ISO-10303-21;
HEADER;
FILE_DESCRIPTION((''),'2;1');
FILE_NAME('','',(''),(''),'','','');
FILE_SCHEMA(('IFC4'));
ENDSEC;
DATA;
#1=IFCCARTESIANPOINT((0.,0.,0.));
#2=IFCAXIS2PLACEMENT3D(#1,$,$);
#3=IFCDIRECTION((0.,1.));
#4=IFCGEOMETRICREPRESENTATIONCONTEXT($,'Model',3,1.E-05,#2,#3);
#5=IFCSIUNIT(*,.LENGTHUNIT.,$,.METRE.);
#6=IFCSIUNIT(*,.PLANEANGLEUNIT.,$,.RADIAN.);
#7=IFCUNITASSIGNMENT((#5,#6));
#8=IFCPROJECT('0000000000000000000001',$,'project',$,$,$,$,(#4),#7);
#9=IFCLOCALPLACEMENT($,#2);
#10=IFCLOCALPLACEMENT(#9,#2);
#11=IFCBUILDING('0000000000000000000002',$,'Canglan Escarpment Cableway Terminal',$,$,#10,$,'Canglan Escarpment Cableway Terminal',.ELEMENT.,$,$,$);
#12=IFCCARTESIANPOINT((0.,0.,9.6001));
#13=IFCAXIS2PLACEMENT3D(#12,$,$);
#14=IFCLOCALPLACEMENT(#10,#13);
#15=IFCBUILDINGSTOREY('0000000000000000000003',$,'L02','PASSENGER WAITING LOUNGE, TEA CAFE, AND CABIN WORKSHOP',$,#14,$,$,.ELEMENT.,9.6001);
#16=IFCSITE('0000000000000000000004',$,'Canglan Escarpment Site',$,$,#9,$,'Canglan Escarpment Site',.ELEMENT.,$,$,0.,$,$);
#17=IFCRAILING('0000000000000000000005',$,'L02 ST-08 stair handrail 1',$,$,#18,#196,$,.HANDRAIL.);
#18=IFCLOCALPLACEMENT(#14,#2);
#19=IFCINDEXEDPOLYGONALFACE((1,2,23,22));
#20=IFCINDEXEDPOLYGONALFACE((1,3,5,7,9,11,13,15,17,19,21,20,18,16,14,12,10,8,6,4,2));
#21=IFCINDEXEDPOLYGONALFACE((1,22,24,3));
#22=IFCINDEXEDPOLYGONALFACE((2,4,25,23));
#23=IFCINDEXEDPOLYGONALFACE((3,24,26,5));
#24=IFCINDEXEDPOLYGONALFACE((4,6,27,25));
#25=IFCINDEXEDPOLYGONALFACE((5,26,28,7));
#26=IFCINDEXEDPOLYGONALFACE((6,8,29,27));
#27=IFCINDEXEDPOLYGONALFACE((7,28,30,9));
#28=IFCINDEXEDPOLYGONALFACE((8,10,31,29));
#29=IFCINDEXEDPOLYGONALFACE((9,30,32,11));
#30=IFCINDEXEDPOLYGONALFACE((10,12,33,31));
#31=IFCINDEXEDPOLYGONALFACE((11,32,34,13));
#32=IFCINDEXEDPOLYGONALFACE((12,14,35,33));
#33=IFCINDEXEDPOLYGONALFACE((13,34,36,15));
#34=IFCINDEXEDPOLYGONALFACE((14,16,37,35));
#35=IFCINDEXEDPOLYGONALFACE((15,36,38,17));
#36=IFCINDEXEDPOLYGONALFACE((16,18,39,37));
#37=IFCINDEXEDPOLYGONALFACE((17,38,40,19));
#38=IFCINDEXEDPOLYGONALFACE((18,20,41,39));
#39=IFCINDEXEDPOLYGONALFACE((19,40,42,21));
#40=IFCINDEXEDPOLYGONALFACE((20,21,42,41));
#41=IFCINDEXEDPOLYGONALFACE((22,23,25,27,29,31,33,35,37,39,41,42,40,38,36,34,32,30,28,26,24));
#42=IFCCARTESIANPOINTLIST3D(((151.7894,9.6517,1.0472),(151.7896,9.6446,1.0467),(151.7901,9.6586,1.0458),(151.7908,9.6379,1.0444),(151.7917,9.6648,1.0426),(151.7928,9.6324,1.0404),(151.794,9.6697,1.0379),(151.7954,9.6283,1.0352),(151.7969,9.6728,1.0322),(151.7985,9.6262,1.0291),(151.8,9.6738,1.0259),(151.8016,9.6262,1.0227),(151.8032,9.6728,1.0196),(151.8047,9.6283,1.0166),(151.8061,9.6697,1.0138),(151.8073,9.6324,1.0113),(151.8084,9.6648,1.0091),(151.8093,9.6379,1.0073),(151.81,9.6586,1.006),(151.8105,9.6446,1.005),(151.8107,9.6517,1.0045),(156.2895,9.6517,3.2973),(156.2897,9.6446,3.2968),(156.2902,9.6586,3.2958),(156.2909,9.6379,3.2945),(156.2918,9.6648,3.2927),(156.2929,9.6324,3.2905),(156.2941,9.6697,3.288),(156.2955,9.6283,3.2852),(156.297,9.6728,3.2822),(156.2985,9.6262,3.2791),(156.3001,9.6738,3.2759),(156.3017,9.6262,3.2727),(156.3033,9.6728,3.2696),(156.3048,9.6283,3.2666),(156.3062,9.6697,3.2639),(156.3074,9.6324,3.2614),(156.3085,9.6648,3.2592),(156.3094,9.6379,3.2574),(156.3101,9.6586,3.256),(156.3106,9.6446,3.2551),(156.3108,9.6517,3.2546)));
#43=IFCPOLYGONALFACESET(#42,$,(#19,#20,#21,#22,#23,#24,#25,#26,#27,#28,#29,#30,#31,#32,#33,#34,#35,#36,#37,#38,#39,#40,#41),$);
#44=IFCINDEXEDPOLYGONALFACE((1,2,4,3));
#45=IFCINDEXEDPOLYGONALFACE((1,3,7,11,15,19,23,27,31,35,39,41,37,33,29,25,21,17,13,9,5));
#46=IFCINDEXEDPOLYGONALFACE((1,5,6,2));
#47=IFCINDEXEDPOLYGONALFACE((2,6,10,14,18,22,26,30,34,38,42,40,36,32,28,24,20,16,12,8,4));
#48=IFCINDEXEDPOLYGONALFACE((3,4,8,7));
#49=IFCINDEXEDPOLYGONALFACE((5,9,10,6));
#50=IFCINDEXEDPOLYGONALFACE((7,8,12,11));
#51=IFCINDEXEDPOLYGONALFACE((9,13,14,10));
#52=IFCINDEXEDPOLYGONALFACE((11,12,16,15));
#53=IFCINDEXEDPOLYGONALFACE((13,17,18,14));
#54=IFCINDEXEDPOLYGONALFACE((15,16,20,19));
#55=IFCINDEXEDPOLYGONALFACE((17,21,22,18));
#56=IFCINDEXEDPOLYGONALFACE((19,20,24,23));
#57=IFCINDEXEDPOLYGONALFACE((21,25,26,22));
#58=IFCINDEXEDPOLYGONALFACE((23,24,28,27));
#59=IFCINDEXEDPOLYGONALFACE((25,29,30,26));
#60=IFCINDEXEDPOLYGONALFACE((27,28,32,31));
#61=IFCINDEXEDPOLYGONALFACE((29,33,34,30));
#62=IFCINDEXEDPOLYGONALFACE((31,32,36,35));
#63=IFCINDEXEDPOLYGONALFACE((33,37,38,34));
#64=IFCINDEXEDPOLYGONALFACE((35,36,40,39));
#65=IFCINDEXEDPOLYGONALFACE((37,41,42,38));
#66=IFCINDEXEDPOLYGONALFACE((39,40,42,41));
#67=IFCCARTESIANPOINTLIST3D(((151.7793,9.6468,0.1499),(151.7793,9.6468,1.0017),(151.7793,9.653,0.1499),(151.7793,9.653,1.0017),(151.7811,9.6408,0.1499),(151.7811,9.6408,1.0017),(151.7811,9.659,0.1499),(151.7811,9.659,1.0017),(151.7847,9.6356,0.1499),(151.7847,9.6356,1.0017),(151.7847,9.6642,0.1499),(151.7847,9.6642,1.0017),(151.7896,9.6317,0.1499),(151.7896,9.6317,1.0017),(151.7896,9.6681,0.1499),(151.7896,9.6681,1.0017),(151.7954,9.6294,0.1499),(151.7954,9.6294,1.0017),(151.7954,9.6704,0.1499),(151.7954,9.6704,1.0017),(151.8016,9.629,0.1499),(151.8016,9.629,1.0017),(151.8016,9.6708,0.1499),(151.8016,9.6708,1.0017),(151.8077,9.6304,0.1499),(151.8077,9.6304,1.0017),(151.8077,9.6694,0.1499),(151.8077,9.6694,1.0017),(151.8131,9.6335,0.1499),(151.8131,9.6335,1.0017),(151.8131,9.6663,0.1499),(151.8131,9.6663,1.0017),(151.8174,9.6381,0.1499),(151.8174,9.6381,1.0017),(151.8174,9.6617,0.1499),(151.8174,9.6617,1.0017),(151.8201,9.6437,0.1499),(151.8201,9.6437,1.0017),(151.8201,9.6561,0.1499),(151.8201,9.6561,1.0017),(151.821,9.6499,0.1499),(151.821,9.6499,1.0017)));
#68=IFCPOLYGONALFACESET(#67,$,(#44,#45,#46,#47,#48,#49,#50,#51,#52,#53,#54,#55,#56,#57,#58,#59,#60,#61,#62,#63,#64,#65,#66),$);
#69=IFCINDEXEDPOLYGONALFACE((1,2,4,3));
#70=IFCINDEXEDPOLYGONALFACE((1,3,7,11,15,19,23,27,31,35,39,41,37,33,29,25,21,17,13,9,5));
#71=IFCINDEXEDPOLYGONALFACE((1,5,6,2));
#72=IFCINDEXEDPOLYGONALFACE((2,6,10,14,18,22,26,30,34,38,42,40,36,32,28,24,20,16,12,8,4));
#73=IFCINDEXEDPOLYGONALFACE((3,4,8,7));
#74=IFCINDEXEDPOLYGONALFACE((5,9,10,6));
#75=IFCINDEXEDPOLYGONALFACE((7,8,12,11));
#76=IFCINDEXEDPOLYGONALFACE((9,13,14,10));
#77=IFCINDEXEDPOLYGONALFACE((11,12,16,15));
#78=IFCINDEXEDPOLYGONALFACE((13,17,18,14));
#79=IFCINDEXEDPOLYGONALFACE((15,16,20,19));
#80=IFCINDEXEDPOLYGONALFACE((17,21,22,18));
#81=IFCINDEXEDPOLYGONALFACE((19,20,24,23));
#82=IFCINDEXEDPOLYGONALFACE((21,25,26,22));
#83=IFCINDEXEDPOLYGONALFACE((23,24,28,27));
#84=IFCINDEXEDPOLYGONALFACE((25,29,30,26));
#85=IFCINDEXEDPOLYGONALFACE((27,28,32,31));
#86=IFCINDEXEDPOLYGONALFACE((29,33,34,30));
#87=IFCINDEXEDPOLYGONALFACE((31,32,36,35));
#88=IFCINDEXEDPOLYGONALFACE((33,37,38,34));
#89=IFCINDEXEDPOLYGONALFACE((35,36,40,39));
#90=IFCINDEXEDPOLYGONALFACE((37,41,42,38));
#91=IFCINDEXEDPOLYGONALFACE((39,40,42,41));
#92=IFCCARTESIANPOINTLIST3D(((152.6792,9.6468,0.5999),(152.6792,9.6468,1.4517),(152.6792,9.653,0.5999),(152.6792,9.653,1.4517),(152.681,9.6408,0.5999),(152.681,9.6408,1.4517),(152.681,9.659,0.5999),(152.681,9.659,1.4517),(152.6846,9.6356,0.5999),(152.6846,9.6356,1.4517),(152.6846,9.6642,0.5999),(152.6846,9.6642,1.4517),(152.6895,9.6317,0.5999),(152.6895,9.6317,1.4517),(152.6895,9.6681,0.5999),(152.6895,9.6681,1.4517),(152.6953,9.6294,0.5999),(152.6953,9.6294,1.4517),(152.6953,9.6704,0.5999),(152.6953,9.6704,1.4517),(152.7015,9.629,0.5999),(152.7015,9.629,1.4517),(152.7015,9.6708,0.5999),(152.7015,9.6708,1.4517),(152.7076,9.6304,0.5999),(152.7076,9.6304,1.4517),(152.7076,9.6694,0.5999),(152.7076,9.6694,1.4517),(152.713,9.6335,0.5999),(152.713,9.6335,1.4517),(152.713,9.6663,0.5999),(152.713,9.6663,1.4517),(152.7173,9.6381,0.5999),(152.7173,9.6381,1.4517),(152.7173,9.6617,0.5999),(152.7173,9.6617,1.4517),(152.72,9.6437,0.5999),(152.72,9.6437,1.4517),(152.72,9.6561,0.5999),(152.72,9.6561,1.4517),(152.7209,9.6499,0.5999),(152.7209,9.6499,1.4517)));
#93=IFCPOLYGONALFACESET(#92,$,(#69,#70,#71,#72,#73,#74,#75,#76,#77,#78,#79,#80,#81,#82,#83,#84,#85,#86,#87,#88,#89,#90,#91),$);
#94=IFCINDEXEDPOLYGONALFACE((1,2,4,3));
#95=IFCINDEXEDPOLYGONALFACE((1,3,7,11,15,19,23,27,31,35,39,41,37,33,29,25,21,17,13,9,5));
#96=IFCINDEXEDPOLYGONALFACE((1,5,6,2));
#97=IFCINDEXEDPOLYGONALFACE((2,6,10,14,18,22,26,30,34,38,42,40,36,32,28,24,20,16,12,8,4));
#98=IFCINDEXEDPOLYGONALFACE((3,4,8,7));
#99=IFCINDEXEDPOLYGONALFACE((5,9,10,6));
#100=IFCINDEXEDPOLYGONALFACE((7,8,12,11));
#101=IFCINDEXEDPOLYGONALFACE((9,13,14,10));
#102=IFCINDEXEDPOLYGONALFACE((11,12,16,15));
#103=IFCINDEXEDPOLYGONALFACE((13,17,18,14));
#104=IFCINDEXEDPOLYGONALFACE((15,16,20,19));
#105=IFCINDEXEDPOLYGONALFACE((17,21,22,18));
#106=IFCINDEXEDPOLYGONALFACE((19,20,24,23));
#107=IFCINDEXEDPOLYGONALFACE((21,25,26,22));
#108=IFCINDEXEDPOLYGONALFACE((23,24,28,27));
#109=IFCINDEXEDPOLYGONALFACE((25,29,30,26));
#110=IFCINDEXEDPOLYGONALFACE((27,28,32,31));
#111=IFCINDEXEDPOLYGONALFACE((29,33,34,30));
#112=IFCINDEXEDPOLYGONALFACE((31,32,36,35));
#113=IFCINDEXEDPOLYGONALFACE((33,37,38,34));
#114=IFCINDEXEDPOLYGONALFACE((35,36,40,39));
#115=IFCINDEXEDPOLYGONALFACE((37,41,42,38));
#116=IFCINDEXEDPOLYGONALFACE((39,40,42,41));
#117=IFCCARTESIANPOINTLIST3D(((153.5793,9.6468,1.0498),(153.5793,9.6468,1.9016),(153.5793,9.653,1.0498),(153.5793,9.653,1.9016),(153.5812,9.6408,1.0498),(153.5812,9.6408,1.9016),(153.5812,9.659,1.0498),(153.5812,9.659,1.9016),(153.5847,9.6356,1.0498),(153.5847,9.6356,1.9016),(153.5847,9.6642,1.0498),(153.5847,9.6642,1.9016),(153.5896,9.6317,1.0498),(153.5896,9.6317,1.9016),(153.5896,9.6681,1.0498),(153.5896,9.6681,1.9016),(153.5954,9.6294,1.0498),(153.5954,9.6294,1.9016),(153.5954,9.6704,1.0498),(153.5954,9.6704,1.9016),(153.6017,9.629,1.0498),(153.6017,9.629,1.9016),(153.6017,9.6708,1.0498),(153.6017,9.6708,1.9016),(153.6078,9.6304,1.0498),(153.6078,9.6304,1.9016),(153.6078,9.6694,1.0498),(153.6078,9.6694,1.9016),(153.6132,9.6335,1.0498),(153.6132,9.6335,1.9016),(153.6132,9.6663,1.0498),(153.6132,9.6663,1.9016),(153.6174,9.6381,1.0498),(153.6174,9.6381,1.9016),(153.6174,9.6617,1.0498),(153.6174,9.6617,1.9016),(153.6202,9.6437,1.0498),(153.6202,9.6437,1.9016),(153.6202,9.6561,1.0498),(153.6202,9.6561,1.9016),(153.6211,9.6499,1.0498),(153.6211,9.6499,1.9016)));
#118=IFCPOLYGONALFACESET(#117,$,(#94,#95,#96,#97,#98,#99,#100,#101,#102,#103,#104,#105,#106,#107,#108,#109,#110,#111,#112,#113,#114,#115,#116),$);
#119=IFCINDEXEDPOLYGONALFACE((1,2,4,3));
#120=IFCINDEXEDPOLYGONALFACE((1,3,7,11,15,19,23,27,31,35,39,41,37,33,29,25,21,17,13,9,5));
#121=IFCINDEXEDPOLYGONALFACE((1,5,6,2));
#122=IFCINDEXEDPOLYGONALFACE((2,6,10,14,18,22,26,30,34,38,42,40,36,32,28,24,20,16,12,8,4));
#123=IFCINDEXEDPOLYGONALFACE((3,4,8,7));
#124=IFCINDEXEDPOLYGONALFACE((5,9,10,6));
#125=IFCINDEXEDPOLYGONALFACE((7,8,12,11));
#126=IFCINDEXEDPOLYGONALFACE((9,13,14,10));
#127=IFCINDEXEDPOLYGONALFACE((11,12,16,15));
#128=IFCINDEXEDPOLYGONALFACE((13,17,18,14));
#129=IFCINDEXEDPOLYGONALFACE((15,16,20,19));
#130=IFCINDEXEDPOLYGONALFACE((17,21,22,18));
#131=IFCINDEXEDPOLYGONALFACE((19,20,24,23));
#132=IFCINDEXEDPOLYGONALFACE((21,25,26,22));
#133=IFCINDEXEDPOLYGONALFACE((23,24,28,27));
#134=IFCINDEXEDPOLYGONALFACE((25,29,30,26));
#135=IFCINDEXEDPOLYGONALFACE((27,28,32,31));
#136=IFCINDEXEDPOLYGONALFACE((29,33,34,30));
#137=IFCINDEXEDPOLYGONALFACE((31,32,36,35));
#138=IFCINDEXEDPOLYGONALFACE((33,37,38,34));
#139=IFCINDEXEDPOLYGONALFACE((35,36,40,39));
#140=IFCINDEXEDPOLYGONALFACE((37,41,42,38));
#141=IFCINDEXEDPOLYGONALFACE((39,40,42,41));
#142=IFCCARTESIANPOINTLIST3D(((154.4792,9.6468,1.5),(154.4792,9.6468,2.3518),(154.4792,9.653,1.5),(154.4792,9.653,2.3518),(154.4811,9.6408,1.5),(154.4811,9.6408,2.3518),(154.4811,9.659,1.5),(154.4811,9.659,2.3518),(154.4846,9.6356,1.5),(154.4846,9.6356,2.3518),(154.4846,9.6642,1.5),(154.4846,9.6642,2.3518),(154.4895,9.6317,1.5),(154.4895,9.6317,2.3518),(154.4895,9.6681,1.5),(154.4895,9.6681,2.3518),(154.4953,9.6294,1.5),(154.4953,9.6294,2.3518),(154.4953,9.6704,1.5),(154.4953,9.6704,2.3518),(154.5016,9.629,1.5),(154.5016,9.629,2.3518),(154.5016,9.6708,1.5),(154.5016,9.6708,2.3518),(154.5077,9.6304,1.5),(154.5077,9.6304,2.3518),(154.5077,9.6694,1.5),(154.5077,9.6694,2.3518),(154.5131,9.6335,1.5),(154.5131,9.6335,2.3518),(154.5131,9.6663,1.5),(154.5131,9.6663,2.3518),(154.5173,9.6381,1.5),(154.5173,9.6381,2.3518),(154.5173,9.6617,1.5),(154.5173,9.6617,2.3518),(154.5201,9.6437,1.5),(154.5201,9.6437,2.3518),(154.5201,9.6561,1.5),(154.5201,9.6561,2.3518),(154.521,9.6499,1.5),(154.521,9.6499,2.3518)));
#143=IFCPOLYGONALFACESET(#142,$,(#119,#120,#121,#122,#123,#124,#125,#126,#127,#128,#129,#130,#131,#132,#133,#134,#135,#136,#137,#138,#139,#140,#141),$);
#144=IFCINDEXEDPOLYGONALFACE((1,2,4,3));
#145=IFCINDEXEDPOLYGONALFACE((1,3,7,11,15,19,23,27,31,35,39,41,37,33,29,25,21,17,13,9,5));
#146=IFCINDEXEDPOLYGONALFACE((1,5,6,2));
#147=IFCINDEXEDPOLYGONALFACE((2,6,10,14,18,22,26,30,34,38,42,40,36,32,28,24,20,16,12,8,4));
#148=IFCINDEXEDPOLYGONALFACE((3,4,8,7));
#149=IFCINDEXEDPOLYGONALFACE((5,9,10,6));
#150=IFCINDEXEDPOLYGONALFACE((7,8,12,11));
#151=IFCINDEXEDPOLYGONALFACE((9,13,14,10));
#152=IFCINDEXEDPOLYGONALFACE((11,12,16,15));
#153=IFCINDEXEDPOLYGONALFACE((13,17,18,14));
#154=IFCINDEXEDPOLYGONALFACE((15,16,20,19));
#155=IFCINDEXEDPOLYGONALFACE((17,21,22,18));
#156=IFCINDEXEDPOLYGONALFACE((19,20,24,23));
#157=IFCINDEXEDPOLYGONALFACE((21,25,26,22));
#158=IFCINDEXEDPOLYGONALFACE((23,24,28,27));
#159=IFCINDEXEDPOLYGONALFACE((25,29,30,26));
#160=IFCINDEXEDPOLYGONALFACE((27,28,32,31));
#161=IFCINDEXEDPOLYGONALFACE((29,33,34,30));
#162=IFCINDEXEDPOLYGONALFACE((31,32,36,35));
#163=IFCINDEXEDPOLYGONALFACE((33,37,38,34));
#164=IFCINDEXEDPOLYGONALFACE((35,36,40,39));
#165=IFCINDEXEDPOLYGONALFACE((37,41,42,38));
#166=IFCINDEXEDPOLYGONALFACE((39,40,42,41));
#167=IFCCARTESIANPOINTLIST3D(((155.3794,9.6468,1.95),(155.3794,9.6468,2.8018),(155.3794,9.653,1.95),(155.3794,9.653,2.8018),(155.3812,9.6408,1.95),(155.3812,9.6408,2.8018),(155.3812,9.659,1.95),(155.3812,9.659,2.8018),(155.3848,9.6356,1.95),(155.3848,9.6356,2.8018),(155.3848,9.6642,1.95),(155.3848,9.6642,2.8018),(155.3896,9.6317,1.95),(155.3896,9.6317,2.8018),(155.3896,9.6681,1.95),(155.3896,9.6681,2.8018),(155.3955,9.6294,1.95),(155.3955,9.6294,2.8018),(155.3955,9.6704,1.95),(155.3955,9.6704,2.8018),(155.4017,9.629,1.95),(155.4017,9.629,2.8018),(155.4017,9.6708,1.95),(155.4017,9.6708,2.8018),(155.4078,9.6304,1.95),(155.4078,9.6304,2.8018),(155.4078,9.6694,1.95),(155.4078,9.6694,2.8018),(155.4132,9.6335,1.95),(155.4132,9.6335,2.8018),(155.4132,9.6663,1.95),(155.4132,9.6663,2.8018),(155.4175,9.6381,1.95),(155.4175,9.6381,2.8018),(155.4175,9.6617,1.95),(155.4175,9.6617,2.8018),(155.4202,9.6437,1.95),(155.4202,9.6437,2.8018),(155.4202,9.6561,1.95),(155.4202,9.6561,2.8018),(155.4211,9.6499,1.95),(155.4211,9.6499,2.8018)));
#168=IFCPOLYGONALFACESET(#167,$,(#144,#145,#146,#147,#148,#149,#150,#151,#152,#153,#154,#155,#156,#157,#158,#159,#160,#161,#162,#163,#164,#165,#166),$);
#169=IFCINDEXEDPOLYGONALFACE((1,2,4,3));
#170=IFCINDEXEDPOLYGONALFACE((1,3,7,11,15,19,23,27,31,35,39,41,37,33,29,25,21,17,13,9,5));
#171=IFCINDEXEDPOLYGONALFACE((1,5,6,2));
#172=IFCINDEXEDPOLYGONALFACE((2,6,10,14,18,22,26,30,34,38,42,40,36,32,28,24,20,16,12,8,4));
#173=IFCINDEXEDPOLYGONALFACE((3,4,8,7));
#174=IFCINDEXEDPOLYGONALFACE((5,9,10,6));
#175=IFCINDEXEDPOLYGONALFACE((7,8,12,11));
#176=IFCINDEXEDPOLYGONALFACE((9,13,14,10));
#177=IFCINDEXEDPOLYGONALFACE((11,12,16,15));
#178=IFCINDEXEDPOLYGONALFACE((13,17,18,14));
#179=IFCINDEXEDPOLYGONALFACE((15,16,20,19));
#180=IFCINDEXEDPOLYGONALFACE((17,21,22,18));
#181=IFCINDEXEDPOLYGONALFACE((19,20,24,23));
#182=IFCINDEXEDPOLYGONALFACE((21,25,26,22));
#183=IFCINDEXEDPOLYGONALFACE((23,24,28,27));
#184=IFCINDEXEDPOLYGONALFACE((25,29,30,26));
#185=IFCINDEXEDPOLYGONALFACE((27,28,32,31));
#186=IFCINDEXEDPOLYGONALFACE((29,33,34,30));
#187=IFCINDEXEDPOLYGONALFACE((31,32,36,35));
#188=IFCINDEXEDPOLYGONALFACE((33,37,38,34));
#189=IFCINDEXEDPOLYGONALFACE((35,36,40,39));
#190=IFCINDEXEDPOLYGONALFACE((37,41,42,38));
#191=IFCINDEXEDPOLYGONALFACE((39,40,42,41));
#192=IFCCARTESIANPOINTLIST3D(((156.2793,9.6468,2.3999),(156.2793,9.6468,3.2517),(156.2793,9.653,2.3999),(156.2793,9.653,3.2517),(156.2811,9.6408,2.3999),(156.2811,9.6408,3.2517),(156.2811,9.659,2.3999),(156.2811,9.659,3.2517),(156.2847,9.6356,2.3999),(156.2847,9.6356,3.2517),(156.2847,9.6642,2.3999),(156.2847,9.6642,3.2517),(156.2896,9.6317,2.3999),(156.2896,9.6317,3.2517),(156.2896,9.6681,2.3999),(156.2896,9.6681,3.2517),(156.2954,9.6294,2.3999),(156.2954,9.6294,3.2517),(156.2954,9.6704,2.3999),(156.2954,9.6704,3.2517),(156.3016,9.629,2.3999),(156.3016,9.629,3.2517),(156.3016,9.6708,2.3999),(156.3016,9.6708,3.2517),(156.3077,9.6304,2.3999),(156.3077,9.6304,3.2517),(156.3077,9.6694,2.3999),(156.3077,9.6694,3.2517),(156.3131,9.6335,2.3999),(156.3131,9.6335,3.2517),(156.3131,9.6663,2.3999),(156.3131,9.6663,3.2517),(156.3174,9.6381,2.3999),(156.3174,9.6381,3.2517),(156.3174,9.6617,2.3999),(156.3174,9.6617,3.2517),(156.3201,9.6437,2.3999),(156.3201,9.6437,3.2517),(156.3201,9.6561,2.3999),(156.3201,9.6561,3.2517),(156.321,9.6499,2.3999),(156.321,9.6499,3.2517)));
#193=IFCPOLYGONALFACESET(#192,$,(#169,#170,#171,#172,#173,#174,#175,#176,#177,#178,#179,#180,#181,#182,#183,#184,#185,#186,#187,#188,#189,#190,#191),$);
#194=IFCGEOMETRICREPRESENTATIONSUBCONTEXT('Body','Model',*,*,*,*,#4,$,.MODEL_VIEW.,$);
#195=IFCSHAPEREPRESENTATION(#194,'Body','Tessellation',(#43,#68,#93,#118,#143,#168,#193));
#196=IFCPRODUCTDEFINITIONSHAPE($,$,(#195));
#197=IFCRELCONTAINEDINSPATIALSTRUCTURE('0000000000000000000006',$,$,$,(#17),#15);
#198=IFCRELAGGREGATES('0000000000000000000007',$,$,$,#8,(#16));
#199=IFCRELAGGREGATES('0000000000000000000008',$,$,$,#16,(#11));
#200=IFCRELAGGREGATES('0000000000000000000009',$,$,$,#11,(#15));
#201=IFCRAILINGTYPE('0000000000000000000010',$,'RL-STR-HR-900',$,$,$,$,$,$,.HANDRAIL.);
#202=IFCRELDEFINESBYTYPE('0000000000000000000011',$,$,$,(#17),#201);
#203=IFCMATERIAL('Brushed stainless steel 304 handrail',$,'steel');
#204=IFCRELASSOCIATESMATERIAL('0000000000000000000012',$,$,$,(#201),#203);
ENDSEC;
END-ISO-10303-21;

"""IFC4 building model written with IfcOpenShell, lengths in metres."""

from ifc_helpers import new_model, si_unit, direction, frame, origin, origin_2d, place, context, subcontext, project, spatial, circle, extrude, material, type_object, element, save


model = new_model("IFC4")

# Units and contexts
model_context = context("Model", 3, precision=1e-05, world=origin(), true_north=direction((0.0, 1.0)))
body_context = subcontext(model_context, "Body", "Model", "MODEL_VIEW")
ifc_project = project(units=[si_unit("LENGTHUNIT", "METRE"), si_unit("PLANEANGLEUNIT", "RADIAN")], contexts=[model_context])

# Site, building, storey
site_placement = place(None, origin())
site = spatial("IfcSite", under=ifc_project, at=site_placement, Name="Canglan Escarpment Site", LongName="Canglan Escarpment Site", CompositionType="ELEMENT", RefElevation=0.0)
building_placement = place(site_placement, origin())
building = spatial("IfcBuilding", under=site, at=building_placement, Name="Canglan Escarpment Cableway Terminal", LongName="Canglan Escarpment Cableway Terminal", CompositionType="ELEMENT")
storey_placement = place(building_placement, frame((0.0, 0.0, 9.6001)))
storey = spatial("IfcBuildingStorey", under=building, at=storey_placement, Name="L02", Description="PASSENGER WAITING LOUNGE, TEA CAFE, AND CABIN WORKSHOP", CompositionType="ELEMENT", Elevation=9.6001)

# Railing
ifc_material_1 = material(Name="Brushed stainless steel 304 handrail", Category="steel")
railing_type_1 = type_object("IfcRailingType", Name="RL-STR-HR-900", PredefinedType="HANDRAIL", material=ifc_material_1)
railing_1_placement = place(storey_placement, frame((151.8, 9.6499, 0.1499)))
element("IfcRailing", 1, at=railing_1_placement, inside=storey, type_object=railing_type_1, Name="L02 ST-08 stair handrail 1", PredefinedType="HANDRAIL", context=body_context, shape_type="SweptSolid", body=[
    extrude(circle(Radius=0.0239, at=origin_2d()), frame((0.0, 0.0, 0.876), z_axis=(0.894427, 0.0, 0.447214), x_axis=(0.0, 1.0, 0.0)), (0.0, 0.0, 1.0), 5.0312),
    extrude(circle(Radius=0.021, at=origin_2d()), origin(), (0.0, 0.0, 1.0), 0.8518),
    extrude(circle(Radius=0.021, at=origin_2d()), frame((0.8999, 0.0, 0.45)), (0.0, 0.0, 1.0), 0.8518),
    extrude(circle(Radius=0.021, at=origin_2d()), frame((1.8, 0.0, 0.8999)), (0.0, 0.0, 1.0), 0.8518),
    extrude(circle(Radius=0.021, at=origin_2d()), frame((2.7, 0.0, 1.3501)), (0.0, 0.0, 1.0), 0.8518),
    extrude(circle(Radius=0.021, at=origin_2d()), frame((3.6001, 0.0, 1.8)), (0.0, 0.0, 1.0), 0.8518),
    extrude(circle(Radius=0.021, at=origin_2d()), frame((4.5, 0.0, 2.25)), (0.0, 0.0, 1.0), 0.8518),
])

save(model, "model.ifc")
